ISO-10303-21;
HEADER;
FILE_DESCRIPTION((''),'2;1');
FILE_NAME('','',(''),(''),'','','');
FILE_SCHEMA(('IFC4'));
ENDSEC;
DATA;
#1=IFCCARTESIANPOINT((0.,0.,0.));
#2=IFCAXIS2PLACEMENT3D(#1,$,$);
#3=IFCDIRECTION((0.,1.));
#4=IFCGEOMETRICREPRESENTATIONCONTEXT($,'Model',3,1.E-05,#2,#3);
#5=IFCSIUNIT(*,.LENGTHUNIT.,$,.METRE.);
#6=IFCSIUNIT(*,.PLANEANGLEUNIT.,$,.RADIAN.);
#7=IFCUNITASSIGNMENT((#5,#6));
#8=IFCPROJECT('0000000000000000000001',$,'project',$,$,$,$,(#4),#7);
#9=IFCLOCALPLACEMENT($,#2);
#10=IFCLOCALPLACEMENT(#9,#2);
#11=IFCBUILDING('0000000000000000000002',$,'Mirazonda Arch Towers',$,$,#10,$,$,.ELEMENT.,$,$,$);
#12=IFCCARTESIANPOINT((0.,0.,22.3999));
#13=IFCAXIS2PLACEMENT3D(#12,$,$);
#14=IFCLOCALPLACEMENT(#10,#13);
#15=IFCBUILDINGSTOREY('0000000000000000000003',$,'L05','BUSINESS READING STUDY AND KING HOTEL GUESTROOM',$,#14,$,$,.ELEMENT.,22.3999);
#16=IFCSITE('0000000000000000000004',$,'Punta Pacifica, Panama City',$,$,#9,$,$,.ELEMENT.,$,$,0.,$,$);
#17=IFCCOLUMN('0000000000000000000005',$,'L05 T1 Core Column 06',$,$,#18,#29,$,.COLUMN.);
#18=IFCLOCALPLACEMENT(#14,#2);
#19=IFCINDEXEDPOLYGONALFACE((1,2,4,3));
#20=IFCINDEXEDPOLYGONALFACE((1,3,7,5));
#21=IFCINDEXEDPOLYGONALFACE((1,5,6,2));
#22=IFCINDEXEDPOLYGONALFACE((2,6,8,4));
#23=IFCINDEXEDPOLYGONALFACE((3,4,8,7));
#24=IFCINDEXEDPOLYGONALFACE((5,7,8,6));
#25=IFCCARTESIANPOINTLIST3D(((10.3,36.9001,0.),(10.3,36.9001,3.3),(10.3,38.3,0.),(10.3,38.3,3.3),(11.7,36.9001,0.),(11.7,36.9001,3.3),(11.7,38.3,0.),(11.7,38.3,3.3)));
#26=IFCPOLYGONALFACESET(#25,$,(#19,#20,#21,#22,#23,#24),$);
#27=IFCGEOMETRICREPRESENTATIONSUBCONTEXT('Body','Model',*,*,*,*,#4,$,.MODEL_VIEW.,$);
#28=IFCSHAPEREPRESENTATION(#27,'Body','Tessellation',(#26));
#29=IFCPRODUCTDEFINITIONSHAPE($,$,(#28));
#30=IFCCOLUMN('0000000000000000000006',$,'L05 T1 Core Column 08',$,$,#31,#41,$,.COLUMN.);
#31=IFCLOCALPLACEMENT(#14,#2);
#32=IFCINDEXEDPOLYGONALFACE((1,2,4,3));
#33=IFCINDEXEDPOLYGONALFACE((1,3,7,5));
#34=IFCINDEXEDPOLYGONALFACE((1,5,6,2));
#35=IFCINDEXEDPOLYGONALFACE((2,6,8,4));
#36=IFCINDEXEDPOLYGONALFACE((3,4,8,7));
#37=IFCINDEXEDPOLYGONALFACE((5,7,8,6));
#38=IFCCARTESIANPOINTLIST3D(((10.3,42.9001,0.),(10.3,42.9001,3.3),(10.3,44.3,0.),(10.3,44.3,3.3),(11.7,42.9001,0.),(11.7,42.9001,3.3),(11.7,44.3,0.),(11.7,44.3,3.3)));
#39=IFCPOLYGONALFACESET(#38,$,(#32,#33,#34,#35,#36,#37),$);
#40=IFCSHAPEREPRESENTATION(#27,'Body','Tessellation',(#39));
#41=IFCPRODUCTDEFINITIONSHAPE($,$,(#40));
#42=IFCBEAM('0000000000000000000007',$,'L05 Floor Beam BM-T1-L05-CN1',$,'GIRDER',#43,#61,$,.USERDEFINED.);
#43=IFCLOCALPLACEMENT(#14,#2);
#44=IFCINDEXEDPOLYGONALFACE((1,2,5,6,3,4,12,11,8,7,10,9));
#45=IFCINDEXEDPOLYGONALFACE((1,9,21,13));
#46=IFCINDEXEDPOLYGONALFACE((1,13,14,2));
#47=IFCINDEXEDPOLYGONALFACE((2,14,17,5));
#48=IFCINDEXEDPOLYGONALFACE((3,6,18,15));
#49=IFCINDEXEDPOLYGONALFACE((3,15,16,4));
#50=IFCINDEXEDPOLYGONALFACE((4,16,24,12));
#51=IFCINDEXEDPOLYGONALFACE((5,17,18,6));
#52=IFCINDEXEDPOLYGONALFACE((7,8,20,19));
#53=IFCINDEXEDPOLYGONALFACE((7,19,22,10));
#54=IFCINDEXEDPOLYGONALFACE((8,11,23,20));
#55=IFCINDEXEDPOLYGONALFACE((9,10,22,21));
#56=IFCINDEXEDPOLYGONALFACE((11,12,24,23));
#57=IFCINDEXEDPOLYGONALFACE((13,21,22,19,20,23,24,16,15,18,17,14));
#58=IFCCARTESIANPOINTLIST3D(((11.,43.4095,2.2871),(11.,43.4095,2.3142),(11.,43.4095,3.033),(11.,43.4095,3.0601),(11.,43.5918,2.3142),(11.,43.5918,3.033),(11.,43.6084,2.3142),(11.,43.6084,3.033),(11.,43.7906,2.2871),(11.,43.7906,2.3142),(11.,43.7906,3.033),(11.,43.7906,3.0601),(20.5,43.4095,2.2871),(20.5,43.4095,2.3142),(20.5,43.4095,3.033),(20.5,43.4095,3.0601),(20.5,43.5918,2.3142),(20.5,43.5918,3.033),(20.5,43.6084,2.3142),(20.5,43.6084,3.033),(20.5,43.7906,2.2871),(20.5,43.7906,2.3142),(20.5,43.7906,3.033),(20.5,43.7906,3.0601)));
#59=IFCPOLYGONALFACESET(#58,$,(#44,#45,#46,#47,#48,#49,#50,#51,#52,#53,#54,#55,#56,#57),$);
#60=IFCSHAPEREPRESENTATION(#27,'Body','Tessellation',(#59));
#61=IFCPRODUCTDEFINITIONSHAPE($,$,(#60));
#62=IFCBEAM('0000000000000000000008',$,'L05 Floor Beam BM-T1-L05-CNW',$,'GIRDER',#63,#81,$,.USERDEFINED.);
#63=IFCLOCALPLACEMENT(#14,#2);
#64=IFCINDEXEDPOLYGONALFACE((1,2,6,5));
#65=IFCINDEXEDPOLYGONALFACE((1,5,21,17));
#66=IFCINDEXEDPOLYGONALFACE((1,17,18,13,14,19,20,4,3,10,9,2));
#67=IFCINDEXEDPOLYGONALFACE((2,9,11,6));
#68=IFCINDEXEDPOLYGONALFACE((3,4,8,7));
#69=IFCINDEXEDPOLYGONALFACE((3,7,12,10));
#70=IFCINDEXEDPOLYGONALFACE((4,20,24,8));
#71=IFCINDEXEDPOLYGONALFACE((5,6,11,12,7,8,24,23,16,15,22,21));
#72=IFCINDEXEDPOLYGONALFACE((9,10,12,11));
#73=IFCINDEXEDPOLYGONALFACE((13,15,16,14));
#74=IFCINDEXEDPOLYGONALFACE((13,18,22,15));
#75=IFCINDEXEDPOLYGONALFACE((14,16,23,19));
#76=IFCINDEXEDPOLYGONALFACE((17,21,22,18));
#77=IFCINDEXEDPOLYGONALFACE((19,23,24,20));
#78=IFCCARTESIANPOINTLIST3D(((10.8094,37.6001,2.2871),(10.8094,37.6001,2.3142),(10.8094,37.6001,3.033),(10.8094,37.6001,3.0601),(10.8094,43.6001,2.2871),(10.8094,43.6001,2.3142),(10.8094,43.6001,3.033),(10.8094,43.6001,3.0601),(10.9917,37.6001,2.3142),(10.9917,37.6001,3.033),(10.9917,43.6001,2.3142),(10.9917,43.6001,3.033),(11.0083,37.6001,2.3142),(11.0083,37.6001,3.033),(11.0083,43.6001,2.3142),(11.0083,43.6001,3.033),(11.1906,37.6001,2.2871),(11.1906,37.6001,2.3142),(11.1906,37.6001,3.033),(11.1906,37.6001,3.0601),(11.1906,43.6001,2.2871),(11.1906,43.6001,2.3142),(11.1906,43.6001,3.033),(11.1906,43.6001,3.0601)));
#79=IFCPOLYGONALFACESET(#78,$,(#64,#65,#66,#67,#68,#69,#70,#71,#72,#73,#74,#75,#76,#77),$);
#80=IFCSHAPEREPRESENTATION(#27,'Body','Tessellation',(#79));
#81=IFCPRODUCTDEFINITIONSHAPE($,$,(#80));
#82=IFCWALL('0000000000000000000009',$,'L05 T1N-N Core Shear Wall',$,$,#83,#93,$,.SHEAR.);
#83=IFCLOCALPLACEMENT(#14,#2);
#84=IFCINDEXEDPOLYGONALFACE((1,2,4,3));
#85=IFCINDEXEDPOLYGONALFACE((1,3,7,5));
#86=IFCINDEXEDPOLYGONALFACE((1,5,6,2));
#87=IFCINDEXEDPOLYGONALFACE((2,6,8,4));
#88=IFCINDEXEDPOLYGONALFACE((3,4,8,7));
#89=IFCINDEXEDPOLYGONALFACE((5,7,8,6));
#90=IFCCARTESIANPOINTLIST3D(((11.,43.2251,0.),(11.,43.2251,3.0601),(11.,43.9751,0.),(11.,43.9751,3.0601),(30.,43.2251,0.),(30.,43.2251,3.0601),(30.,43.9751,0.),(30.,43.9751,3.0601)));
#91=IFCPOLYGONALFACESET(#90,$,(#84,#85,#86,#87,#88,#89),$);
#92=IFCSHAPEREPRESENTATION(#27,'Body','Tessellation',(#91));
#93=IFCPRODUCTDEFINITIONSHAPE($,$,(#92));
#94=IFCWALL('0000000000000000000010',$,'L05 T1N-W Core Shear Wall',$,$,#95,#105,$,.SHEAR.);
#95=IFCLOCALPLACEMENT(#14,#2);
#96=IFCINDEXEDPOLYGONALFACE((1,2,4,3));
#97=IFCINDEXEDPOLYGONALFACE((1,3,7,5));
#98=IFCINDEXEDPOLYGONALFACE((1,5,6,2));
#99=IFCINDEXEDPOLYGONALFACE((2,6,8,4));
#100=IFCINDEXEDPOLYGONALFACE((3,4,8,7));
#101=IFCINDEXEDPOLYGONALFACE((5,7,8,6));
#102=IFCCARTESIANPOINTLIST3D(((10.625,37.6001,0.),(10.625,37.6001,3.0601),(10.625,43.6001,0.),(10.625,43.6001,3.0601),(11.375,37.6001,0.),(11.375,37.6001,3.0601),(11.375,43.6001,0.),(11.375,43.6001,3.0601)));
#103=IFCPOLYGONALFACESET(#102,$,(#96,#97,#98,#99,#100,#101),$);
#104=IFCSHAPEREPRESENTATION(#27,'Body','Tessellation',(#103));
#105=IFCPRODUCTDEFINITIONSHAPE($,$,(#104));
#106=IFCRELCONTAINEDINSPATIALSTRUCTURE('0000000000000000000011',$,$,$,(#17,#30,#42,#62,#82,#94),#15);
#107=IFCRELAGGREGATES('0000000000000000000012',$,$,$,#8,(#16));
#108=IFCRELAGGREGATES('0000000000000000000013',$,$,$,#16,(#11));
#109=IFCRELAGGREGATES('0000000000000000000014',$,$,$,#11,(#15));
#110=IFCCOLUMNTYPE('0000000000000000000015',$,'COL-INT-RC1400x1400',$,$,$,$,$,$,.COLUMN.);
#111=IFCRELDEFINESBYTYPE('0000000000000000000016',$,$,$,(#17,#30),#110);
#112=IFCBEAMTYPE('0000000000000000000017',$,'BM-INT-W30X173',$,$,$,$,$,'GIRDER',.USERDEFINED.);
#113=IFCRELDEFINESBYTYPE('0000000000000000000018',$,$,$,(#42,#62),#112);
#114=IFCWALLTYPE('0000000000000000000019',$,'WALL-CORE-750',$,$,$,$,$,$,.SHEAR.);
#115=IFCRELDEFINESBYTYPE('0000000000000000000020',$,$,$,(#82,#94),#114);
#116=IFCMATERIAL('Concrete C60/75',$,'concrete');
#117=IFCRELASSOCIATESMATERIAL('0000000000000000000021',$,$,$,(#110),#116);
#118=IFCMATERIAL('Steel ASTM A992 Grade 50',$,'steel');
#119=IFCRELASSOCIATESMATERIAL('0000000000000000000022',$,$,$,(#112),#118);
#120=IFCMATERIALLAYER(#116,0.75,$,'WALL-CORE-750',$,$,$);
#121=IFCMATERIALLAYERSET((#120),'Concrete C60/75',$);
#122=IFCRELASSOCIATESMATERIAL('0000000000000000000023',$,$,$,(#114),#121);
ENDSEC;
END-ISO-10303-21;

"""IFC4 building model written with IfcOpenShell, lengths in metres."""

from ifc_helpers import new_model, si_unit, direction, frame, frame_2d, origin, origin_2d, place, context, subcontext, project, spatial, rectangle, i_section, extrude, material, layer, layer_set, material_profile, profile_set, type_object, element, save


model = new_model("IFC4")

# Units and contexts
model_context = context("Model", 3, precision=1e-05, world=origin(), true_north=direction((0.0, 1.0)))
body_context = subcontext(model_context, "Body", "Model", "MODEL_VIEW")
ifc_project = project(units=[si_unit("LENGTHUNIT", "METRE"), si_unit("PLANEANGLEUNIT", "RADIAN")], contexts=[model_context])

# Site, building, storey
site_placement = place(None, origin())
site = spatial("IfcSite", under=ifc_project, at=site_placement, Name="Punta Pacifica, Panama City", CompositionType="ELEMENT", RefElevation=0.0)
building_placement = place(site_placement, origin())
building = spatial("IfcBuilding", under=site, at=building_placement, Name="Mirazonda Arch Towers", CompositionType="ELEMENT")
storey_placement = place(building_placement, frame((0.0, 0.0, 22.3999)))
storey = spatial("IfcBuildingStorey", under=building, at=storey_placement, Name="L05", Description="BUSINESS READING STUDY AND KING HOTEL GUESTROOM", CompositionType="ELEMENT", Elevation=22.3999)

# Columns
ifc_material_1 = material(Name="Concrete C60/75", Category="concrete")
ifc_material_profile_1 = material_profile(ifc_material_1, rectangle(XDim=1.3999, YDim=1.3999, at=origin_2d()), Name="RC1400x1400")
ifc_profile_set_1 = profile_set([ifc_material_profile_1], Name="Concrete C60/75")
column_type = type_object("IfcColumnType", Name="COL-INT-RC1400x1400", PredefinedType="COLUMN", material=ifc_profile_set_1)
for number, where, z_axis, x_axis, name in (
    (1, (11.0, 37.6001, 0.0), (0.0, 0.0, 1.0), (1.0, 0.0, 0.0), "L05 T1 Core Column 06"),
    (2, (11.0, 43.6001, 0.0), (0.0, 0.0, 1.0), (1.0, 0.0, 0.0), "L05 T1 Core Column 08"),
):
    element("IfcColumn", number, at=place(storey_placement, frame(where, z_axis=z_axis, x_axis=x_axis)), inside=storey, type_object=column_type, Name=name, PredefinedType="COLUMN", context=body_context, shape_type="SweptSolid", body=[
        extrude(rectangle(XDim=1.3999, YDim=1.3999, at=origin_2d()), origin(), (0.0, 0.0, 1.0), 3.3),
    ])

# Beams
ifc_material_2 = material(Name="Steel ASTM A992 Grade 50", Category="steel")
ifc_material_profile_2 = material_profile(ifc_material_2, i_section(OverallWidth=0.3811, OverallDepth=0.7729, WebThickness=0.0166, FlangeThickness=0.0271, at=origin_2d()), Name="W30X173")
ifc_profile_set_2 = profile_set([ifc_material_profile_2], Name="Steel ASTM A992 Grade 50")
beam_type = type_object("IfcBeamType", Name="BM-INT-W30X173", ElementType="GIRDER", PredefinedType="USERDEFINED", material=ifc_profile_set_2)
beam_1_placement = place(storey_placement, frame((11.0, 43.6001, 2.6736), z_axis=(1.0, 0.0, 0.0), x_axis=(0.0, 1.0, 0.0)))
element("IfcBeam", 3, at=beam_1_placement, inside=storey, type_object=beam_type, Name="L05 Floor Beam BM-T1-L05-CN1", ObjectType="GIRDER", PredefinedType="USERDEFINED", context=body_context, shape_type="SweptSolid", body=[
    extrude(i_section(OverallWidth=0.3811, OverallDepth=0.7729, WebThickness=0.0166, FlangeThickness=0.0271, at=origin_2d()), origin(), (0.0, 0.0, 1.0), 9.5),
])
beam_2_placement = place(storey_placement, frame((11.0, 37.6001, 2.6736), z_axis=(0.0, 1.0, 0.0), x_axis=(-1.0, 0.0, 0.0)))
element("IfcBeam", 4, at=beam_2_placement, inside=storey, type_object=beam_type, Name="L05 Floor Beam BM-T1-L05-CNW", ObjectType="GIRDER", PredefinedType="USERDEFINED", context=body_context, shape_type="SweptSolid", body=[
    extrude(i_section(OverallWidth=0.3811, OverallDepth=0.7729, WebThickness=0.0166, FlangeThickness=0.0271, at=origin_2d()), origin(), (0.0, 0.0, 1.0), 6.0),
])

# Walls
ifc_layer_1 = layer(ifc_material_1, 0.75, Name="WALL-CORE-750")
ifc_layer_set_1 = layer_set([ifc_layer_1], Name="Concrete C60/75")
wall_type_1 = type_object("IfcWallType", Name="WALL-CORE-750", PredefinedType="SHEAR", material=ifc_layer_set_1)
wall_1_placement = place(storey_placement, frame((11.0, 43.6001, 0.0), z_axis=(0.0, 0.0, 1.0), x_axis=(1.0, 0.0, 0.0)))
element("IfcWall", 5, at=wall_1_placement, inside=storey, type_object=wall_type_1, Name="L05 T1N-N Core Shear Wall", PredefinedType="SHEAR", context=body_context, shape_type="SweptSolid", body=[
    extrude(rectangle(XDim=19.0, YDim=0.75, at=frame_2d((9.5, 0.0))), origin(), (0.0, 0.0, 1.0), 3.0601),
])
wall_2_placement = place(storey_placement, frame((11.0, 37.6001, 0.0), z_axis=(0.0, 0.0, 1.0), x_axis=(0.0, 1.0, 0.0)))
element("IfcWall", 6, at=wall_2_placement, inside=storey, type_object=wall_type_1, Name="L05 T1N-W Core Shear Wall", PredefinedType="SHEAR", context=body_context, shape_type="SweptSolid", body=[
    extrude(rectangle(XDim=6.0, YDim=0.75, at=frame_2d((3.0, 0.0))), origin(), (0.0, 0.0, 1.0), 3.0601),
])

save(model, "model.ifc")
